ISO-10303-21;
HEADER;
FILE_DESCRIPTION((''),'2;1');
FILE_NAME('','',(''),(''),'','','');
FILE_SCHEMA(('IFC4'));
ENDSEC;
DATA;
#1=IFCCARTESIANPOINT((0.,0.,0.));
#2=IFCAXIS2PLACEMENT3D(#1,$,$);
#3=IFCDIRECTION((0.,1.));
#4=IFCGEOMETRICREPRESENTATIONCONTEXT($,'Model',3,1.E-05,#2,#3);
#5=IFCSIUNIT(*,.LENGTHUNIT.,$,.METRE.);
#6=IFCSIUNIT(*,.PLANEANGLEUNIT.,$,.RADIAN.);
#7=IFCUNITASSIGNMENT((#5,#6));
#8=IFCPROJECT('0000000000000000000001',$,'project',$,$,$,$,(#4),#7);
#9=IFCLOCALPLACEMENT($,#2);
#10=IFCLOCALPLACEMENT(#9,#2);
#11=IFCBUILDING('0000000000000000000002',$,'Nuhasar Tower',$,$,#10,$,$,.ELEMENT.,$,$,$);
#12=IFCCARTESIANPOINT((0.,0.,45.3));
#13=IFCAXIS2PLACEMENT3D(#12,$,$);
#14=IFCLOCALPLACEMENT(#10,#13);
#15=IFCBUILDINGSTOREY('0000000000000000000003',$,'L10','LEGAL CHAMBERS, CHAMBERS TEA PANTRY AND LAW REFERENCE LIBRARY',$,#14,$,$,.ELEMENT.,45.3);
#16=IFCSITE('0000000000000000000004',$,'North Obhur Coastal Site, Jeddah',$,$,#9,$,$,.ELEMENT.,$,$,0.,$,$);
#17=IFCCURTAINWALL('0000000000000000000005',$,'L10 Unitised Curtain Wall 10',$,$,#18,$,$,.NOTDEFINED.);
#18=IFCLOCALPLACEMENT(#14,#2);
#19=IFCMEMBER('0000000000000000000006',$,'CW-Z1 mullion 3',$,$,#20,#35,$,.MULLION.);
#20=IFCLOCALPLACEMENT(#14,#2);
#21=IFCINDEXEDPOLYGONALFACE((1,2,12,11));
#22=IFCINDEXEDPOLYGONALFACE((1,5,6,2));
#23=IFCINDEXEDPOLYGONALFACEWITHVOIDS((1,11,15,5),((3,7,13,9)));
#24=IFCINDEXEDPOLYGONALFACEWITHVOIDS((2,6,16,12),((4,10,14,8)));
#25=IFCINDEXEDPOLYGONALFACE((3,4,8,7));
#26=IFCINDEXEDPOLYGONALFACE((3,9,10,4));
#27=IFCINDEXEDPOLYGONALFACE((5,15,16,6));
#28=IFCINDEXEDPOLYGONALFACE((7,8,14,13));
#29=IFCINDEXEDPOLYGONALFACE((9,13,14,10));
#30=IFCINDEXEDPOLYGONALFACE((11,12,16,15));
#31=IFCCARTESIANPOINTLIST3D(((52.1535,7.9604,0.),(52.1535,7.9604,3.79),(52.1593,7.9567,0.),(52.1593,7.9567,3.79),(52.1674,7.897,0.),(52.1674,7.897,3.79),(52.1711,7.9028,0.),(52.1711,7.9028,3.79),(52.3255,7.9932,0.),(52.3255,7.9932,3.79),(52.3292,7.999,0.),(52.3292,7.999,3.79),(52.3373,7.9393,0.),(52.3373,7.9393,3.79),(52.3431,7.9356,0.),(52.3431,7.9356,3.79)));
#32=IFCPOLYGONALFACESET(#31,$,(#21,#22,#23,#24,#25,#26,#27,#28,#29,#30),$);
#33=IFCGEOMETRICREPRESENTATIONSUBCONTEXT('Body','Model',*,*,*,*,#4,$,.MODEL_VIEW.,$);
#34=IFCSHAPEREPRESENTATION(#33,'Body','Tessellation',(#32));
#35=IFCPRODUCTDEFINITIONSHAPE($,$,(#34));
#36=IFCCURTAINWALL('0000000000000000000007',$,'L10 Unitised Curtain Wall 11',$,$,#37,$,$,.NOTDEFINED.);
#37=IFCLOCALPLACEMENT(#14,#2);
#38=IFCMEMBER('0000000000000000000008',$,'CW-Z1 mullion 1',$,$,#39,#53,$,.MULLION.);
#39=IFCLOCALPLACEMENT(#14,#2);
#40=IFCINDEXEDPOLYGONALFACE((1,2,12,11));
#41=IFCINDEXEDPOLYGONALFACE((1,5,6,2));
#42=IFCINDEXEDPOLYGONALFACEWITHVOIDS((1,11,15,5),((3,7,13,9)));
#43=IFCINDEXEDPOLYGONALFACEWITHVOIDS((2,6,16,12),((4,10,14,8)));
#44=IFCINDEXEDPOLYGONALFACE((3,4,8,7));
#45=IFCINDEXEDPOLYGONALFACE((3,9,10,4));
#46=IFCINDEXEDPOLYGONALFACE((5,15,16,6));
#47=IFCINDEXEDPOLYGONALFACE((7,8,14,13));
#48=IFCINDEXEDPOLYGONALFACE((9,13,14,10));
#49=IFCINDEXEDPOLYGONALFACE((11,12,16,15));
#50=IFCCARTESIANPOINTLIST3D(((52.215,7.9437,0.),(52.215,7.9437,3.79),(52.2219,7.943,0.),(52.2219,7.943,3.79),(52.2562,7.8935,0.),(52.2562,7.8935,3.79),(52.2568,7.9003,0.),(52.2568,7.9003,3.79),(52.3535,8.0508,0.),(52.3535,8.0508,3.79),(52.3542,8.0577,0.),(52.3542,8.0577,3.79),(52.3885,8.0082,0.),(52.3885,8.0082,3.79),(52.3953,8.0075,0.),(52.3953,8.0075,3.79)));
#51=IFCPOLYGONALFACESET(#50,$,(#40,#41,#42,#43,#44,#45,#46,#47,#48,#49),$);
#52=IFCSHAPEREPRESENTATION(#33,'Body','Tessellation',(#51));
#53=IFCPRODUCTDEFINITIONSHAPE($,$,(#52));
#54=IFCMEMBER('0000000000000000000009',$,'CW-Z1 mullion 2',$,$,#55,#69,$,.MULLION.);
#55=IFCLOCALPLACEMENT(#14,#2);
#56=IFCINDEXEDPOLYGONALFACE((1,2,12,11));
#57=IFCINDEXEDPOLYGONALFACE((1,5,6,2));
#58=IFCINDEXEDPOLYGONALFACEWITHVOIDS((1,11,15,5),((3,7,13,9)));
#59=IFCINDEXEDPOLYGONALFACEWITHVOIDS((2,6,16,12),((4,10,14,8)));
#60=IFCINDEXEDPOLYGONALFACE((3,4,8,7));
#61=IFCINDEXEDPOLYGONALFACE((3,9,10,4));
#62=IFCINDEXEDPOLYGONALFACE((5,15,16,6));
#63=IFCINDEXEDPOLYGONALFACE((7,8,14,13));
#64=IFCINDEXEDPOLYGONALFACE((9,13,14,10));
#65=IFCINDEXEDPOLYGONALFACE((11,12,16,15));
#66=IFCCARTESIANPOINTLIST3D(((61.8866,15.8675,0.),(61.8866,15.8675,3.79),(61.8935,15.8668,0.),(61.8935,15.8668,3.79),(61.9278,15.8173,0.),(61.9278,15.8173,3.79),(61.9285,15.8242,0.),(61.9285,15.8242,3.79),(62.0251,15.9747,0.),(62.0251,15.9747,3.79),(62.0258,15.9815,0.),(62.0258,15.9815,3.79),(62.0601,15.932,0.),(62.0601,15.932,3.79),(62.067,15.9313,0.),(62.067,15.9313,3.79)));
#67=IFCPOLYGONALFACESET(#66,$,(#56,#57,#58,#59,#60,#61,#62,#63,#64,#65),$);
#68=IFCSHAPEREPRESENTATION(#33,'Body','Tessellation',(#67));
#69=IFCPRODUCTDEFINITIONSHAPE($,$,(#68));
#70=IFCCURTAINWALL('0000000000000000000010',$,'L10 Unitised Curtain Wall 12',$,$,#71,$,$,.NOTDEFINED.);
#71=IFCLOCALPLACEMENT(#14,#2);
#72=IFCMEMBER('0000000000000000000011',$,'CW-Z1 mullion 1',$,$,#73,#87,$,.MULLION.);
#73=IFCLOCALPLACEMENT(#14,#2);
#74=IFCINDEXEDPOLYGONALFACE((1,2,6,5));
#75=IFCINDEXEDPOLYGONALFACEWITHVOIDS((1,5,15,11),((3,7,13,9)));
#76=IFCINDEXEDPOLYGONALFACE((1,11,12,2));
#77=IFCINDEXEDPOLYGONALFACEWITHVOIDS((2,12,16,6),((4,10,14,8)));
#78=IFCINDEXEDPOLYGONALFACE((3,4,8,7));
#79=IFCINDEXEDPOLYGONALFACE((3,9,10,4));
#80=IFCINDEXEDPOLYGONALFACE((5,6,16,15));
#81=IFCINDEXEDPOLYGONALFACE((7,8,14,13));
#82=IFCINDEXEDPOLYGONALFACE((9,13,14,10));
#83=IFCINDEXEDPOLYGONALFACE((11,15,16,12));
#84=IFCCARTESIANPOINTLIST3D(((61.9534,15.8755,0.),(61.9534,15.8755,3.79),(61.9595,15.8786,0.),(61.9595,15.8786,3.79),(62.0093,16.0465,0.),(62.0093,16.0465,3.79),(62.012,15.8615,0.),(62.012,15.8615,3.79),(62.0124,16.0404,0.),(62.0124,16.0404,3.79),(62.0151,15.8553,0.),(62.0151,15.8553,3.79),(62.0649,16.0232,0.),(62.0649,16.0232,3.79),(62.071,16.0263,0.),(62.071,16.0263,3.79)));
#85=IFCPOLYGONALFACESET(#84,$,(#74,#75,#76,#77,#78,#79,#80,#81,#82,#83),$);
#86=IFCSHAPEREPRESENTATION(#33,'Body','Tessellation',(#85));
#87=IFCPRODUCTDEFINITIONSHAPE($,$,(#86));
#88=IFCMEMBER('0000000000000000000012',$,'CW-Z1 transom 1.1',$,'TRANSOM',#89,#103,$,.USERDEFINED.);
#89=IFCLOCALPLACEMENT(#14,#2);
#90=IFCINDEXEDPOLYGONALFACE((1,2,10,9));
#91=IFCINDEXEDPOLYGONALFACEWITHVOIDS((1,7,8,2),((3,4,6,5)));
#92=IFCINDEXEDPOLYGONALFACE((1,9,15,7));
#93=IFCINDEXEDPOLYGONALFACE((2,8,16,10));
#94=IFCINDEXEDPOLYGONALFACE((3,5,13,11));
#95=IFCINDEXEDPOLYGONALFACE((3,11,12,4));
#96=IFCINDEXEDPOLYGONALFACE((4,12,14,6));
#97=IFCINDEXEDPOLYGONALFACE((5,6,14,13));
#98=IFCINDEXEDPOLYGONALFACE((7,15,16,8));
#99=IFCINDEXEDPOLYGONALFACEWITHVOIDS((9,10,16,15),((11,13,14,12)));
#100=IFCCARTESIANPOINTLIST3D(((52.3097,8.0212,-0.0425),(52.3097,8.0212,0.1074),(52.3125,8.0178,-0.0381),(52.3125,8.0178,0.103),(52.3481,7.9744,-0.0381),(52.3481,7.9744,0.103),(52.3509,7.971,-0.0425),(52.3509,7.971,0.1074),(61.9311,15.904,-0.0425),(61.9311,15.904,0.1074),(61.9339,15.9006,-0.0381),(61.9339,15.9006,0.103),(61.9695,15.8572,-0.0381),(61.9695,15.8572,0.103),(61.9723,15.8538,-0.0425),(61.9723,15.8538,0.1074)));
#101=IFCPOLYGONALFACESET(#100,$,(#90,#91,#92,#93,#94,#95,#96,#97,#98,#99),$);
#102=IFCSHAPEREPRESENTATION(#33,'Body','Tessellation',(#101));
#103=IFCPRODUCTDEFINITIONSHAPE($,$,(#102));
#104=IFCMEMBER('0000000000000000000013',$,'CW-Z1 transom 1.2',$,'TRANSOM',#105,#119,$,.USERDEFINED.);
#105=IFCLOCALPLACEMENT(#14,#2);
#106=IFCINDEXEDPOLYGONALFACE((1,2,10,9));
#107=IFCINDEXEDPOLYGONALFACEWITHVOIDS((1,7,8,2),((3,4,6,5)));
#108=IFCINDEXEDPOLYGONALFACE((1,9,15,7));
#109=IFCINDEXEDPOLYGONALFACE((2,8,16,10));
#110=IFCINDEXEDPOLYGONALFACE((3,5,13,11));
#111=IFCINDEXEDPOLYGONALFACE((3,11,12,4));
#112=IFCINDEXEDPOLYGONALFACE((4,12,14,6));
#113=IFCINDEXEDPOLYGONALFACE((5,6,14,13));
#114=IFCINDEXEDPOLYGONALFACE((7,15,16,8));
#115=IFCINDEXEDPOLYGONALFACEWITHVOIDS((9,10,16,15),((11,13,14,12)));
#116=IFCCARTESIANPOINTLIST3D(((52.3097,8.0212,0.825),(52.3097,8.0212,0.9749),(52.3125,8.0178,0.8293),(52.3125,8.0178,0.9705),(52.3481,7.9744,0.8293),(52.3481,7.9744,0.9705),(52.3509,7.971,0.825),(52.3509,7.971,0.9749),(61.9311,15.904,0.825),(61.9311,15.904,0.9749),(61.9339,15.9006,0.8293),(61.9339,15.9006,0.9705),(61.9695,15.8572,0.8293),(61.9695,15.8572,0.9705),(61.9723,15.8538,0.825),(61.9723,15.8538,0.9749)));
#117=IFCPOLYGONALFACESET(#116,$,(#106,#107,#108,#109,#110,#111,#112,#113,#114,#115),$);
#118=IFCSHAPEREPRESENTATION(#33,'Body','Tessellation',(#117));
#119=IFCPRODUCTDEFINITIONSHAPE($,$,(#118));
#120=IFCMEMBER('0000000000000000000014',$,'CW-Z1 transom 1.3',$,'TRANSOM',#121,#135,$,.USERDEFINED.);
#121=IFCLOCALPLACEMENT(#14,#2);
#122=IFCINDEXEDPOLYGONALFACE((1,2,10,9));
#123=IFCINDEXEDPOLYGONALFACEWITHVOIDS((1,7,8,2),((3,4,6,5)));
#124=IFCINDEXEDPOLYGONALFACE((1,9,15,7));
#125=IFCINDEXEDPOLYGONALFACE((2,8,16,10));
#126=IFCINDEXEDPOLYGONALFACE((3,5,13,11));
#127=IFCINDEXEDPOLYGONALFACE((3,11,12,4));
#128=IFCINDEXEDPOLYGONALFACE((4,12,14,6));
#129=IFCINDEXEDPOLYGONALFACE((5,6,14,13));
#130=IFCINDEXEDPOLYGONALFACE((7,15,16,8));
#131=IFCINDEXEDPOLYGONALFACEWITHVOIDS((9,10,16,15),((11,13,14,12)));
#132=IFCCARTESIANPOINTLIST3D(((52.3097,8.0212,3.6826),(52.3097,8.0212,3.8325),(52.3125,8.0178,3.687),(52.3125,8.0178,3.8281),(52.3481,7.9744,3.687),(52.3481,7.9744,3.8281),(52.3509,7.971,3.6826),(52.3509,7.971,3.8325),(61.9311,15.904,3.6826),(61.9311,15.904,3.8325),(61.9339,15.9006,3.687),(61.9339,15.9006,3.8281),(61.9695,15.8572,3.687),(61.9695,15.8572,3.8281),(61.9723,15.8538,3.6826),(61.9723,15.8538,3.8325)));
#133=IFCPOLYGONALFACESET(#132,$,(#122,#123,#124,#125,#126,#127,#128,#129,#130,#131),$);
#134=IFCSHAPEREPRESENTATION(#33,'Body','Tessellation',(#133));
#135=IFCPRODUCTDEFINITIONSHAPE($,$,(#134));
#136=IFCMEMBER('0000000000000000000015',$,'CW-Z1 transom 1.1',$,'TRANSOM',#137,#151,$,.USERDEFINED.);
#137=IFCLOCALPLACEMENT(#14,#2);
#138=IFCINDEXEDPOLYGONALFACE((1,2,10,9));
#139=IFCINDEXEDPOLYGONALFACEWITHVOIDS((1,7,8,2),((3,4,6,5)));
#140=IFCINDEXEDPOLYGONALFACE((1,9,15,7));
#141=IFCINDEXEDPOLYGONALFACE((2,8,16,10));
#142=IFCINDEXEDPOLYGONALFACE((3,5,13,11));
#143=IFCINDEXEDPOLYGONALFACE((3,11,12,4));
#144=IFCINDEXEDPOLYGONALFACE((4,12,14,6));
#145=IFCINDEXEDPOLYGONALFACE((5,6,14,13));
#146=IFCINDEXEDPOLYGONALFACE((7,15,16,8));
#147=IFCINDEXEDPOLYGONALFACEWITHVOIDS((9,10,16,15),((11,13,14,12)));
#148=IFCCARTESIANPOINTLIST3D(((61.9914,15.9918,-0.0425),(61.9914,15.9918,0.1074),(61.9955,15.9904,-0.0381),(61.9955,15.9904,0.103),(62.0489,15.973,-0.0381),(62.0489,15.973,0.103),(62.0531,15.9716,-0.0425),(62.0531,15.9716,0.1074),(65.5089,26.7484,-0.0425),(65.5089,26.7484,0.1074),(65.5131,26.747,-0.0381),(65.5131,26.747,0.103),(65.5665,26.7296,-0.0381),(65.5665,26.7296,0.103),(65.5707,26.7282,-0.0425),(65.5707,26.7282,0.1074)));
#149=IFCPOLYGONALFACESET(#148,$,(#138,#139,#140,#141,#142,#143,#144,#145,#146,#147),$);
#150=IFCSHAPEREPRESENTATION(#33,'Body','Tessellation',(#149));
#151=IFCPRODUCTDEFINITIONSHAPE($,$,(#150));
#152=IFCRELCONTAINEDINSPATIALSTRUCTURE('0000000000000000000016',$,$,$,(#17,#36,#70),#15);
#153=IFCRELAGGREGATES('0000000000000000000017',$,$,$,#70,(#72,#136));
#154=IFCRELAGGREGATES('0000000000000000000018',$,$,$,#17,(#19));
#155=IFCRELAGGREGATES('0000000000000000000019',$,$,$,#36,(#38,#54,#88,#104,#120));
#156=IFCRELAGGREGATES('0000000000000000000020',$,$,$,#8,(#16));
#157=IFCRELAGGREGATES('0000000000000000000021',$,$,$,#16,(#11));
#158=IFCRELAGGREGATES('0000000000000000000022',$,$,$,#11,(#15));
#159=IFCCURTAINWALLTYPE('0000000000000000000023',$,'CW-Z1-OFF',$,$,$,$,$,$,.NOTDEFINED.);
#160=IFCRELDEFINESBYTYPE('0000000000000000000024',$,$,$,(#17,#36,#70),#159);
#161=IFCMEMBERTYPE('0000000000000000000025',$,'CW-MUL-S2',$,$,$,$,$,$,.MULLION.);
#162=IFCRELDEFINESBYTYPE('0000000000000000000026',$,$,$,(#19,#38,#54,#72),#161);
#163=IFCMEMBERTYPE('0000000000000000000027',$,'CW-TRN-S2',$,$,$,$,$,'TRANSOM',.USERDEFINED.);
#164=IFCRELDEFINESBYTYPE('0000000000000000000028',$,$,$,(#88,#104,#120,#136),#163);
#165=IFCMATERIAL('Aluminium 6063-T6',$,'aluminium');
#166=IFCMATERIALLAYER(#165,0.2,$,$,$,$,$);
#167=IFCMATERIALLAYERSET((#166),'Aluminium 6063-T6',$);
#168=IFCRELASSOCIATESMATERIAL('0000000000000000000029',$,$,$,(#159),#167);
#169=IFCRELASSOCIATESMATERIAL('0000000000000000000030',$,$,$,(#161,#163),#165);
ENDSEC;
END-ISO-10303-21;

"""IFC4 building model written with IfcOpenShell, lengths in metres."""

from ifc_helpers import new_model, si_unit, direction, frame, origin, origin_2d, place, context, subcontext, project, spatial, hollow_rectangle, extrude, material, layer, layer_set, material_profile, profile_set, type_object, element, aggregate, save


model = new_model("IFC4")

# Units and contexts
model_context = context("Model", 3, precision=1e-05, world=origin(), true_north=direction((0.0, 1.0)))
body_context = subcontext(model_context, "Body", "Model", "MODEL_VIEW")
ifc_project = project(units=[si_unit("LENGTHUNIT", "METRE"), si_unit("PLANEANGLEUNIT", "RADIAN")], contexts=[model_context])

# Site, building, storey
site_placement = place(None, origin())
site = spatial("IfcSite", under=ifc_project, at=site_placement, Name="North Obhur Coastal Site, Jeddah", CompositionType="ELEMENT", RefElevation=0.0)
building_placement = place(site_placement, origin())
building = spatial("IfcBuilding", under=site, at=building_placement, Name="Nuhasar Tower", CompositionType="ELEMENT")
storey_placement = place(building_placement, frame((0.0, 0.0, 45.3)))
storey = spatial("IfcBuildingStorey", under=building, at=storey_placement, Name="L10", Description="LEGAL CHAMBERS, CHAMBERS TEA PANTRY AND LAW REFERENCE LIBRARY", CompositionType="ELEMENT", Elevation=45.3)

# Curtain wall, member
ifc_material_1 = material(Name="Aluminium 6063-T6", Category="aluminium")
ifc_layer_1 = layer(ifc_material_1, 0.2)
ifc_layer_set_1 = layer_set([ifc_layer_1], Name="Aluminium 6063-T6")
curtain_wall_type = type_object("IfcCurtainWallType", Name="CW-Z1-OFF", PredefinedType="NOTDEFINED", material=ifc_layer_set_1)
curtain_wall_1_placement = place(storey_placement, origin())
curtain_wall_1 = element("IfcCurtainWall", 1, at=curtain_wall_1_placement, inside=storey, type_object=curtain_wall_type, Name="L10 Unitised Curtain Wall 10", PredefinedType="NOTDEFINED")
ifc_material_profile_1 = material_profile(ifc_material_1, hollow_rectangle(XDim=0.0649, YDim=0.1799, WallThickness=0.0049, at=origin_2d()), Name="CWM-2")
ifc_profile_set_1 = profile_set([ifc_material_profile_1], Name="Aluminium 6063-T6")
member_type_1 = type_object("IfcMemberType", Name="CW-MUL-S2", PredefinedType="MULLION", material=ifc_profile_set_1)
member_1_placement = place(storey_placement, frame((52.2483, 7.948, 0.0), z_axis=(0.0, 0.0, 1.0), x_axis=(-0.214399, 0.976746, 0.0)))
member_1 = element("IfcMember", 2, at=member_1_placement, type_object=member_type_1, Name="CW-Z1 mullion 3", PredefinedType="MULLION", context=body_context, shape_type="SweptSolid", body=[
    extrude(hollow_rectangle(XDim=0.0649, YDim=0.1799, WallThickness=0.0049, at=origin_2d()), origin(), (0.0, 0.0, 1.0), 3.79),
])

# Curtain wall, members
curtain_wall_2_placement = place(storey_placement, origin())
curtain_wall_2 = element("IfcCurtainWall", 3, at=curtain_wall_2_placement, inside=storey, type_object=curtain_wall_type, Name="L10 Unitised Curtain Wall 11", PredefinedType="NOTDEFINED")
member_2_placement = place(storey_placement, frame((52.3052, 7.9756, 0.0), z_axis=(0.0, 0.0, 1.0), x_axis=(-0.633745, 0.773542, 0.0)))
member_2 = element("IfcMember", 4, at=member_2_placement, type_object=member_type_1, Name="CW-Z1 mullion 1", PredefinedType="MULLION", context=body_context, shape_type="SweptSolid", body=[
    extrude(hollow_rectangle(XDim=0.0649, YDim=0.1799, WallThickness=0.0049, at=origin_2d()), origin(), (0.0, 0.0, 1.0), 3.79),
])
member_3_placement = place(storey_placement, frame((61.9768, 15.8994, 0.0), z_axis=(0.0, 0.0, 1.0), x_axis=(-0.633745, 0.773542, 0.0)))
member_3 = element("IfcMember", 5, at=member_3_placement, type_object=member_type_1, Name="CW-Z1 mullion 2", PredefinedType="MULLION", context=body_context, shape_type="SweptSolid", body=[
    extrude(hollow_rectangle(XDim=0.0649, YDim=0.1799, WallThickness=0.0049, at=origin_2d()), origin(), (0.0, 0.0, 1.0), 3.79),
])

# Curtain wall, member
curtain_wall_3_placement = place(storey_placement, origin())
curtain_wall_3 = element("IfcCurtainWall", 6, at=curtain_wall_3_placement, inside=storey, type_object=curtain_wall_type, Name="L10 Unitised Curtain Wall 12", PredefinedType="NOTDEFINED")
member_4_placement = place(storey_placement, frame((62.0122, 15.9509, 0.0), z_axis=(0.0, 0.0, 1.0), x_axis=(-0.950468, 0.310824, 0.0)))
member_4 = element("IfcMember", 7, at=member_4_placement, type_object=member_type_1, Name="CW-Z1 mullion 1", PredefinedType="MULLION", context=body_context, shape_type="SweptSolid", body=[
    extrude(hollow_rectangle(XDim=0.0649, YDim=0.1799, WallThickness=0.0049, at=origin_2d()), origin(), (0.0, 0.0, 1.0), 3.79),
])

# Members
ifc_material_profile_2 = material_profile(ifc_material_1, hollow_rectangle(XDim=0.0649, YDim=0.1499, WallThickness=0.0044, at=origin_2d()), Name="CWT-2")
ifc_profile_set_2 = profile_set([ifc_material_profile_2], Name="Aluminium 6063-T6")
member_type_2 = type_object("IfcMemberType", Name="CW-TRN-S2", ElementType="TRANSOM", PredefinedType="USERDEFINED", material=ifc_profile_set_2)
member_5_placement = place(storey_placement, frame((52.3303, 7.9961, 0.0325), z_axis=(0.773531, 0.633758, 0.0), x_axis=(-0.633758, 0.773531, 0.0)))
member_5 = element("IfcMember", 8, at=member_5_placement, type_object=member_type_2, Name="CW-Z1 transom 1.1", ObjectType="TRANSOM", PredefinedType="USERDEFINED", context=body_context, shape_type="SweptSolid", body=[
    extrude(hollow_rectangle(XDim=0.0649, YDim=0.1499, WallThickness=0.0044, at=origin_2d()), origin(), (0.0, 0.0, 1.0), 12.4382),
])
member_6_placement = place(storey_placement, frame((52.3303, 7.9961, 0.8999), z_axis=(0.773531, 0.633758, 0.0), x_axis=(-0.633758, 0.773531, 0.0)))
member_6 = element("IfcMember", 9, at=member_6_placement, type_object=member_type_2, Name="CW-Z1 transom 1.2", ObjectType="TRANSOM", PredefinedType="USERDEFINED", context=body_context, shape_type="SweptSolid", body=[
    extrude(hollow_rectangle(XDim=0.0649, YDim=0.1499, WallThickness=0.0044, at=origin_2d()), origin(), (0.0, 0.0, 1.0), 12.4382),
])
member_7_placement = place(storey_placement, frame((52.3303, 7.9961, 3.7576), z_axis=(0.773531, 0.633758, 0.0), x_axis=(-0.633758, 0.773531, 0.0)))
member_7 = element("IfcMember", 10, at=member_7_placement, type_object=member_type_2, Name="CW-Z1 transom 1.3", ObjectType="TRANSOM", PredefinedType="USERDEFINED", context=body_context, shape_type="SweptSolid", body=[
    extrude(hollow_rectangle(XDim=0.0649, YDim=0.1499, WallThickness=0.0044, at=origin_2d()), origin(), (0.0, 0.0, 1.0), 12.4382),
])
member_8_placement = place(storey_placement, frame((62.0222, 15.9817, 0.0325), z_axis=(0.310819, 0.950469, 0.0), x_axis=(-0.950469, 0.310819, 0.0)))
member_8 = element("IfcMember", 11, at=member_8_placement, type_object=member_type_2, Name="CW-Z1 transom 1.1", ObjectType="TRANSOM", PredefinedType="USERDEFINED", context=body_context, shape_type="SweptSolid", body=[
    extrude(hollow_rectangle(XDim=0.0649, YDim=0.1499, WallThickness=0.0044, at=origin_2d()), origin(), (0.0, 0.0, 1.0), 11.3171),
])
aggregate(curtain_wall_3, [member_4, member_8])

aggregate(curtain_wall_1, [member_1])
aggregate(curtain_wall_2, [member_2, member_3, member_5, member_6, member_7])

save(model, "model.ifc")
